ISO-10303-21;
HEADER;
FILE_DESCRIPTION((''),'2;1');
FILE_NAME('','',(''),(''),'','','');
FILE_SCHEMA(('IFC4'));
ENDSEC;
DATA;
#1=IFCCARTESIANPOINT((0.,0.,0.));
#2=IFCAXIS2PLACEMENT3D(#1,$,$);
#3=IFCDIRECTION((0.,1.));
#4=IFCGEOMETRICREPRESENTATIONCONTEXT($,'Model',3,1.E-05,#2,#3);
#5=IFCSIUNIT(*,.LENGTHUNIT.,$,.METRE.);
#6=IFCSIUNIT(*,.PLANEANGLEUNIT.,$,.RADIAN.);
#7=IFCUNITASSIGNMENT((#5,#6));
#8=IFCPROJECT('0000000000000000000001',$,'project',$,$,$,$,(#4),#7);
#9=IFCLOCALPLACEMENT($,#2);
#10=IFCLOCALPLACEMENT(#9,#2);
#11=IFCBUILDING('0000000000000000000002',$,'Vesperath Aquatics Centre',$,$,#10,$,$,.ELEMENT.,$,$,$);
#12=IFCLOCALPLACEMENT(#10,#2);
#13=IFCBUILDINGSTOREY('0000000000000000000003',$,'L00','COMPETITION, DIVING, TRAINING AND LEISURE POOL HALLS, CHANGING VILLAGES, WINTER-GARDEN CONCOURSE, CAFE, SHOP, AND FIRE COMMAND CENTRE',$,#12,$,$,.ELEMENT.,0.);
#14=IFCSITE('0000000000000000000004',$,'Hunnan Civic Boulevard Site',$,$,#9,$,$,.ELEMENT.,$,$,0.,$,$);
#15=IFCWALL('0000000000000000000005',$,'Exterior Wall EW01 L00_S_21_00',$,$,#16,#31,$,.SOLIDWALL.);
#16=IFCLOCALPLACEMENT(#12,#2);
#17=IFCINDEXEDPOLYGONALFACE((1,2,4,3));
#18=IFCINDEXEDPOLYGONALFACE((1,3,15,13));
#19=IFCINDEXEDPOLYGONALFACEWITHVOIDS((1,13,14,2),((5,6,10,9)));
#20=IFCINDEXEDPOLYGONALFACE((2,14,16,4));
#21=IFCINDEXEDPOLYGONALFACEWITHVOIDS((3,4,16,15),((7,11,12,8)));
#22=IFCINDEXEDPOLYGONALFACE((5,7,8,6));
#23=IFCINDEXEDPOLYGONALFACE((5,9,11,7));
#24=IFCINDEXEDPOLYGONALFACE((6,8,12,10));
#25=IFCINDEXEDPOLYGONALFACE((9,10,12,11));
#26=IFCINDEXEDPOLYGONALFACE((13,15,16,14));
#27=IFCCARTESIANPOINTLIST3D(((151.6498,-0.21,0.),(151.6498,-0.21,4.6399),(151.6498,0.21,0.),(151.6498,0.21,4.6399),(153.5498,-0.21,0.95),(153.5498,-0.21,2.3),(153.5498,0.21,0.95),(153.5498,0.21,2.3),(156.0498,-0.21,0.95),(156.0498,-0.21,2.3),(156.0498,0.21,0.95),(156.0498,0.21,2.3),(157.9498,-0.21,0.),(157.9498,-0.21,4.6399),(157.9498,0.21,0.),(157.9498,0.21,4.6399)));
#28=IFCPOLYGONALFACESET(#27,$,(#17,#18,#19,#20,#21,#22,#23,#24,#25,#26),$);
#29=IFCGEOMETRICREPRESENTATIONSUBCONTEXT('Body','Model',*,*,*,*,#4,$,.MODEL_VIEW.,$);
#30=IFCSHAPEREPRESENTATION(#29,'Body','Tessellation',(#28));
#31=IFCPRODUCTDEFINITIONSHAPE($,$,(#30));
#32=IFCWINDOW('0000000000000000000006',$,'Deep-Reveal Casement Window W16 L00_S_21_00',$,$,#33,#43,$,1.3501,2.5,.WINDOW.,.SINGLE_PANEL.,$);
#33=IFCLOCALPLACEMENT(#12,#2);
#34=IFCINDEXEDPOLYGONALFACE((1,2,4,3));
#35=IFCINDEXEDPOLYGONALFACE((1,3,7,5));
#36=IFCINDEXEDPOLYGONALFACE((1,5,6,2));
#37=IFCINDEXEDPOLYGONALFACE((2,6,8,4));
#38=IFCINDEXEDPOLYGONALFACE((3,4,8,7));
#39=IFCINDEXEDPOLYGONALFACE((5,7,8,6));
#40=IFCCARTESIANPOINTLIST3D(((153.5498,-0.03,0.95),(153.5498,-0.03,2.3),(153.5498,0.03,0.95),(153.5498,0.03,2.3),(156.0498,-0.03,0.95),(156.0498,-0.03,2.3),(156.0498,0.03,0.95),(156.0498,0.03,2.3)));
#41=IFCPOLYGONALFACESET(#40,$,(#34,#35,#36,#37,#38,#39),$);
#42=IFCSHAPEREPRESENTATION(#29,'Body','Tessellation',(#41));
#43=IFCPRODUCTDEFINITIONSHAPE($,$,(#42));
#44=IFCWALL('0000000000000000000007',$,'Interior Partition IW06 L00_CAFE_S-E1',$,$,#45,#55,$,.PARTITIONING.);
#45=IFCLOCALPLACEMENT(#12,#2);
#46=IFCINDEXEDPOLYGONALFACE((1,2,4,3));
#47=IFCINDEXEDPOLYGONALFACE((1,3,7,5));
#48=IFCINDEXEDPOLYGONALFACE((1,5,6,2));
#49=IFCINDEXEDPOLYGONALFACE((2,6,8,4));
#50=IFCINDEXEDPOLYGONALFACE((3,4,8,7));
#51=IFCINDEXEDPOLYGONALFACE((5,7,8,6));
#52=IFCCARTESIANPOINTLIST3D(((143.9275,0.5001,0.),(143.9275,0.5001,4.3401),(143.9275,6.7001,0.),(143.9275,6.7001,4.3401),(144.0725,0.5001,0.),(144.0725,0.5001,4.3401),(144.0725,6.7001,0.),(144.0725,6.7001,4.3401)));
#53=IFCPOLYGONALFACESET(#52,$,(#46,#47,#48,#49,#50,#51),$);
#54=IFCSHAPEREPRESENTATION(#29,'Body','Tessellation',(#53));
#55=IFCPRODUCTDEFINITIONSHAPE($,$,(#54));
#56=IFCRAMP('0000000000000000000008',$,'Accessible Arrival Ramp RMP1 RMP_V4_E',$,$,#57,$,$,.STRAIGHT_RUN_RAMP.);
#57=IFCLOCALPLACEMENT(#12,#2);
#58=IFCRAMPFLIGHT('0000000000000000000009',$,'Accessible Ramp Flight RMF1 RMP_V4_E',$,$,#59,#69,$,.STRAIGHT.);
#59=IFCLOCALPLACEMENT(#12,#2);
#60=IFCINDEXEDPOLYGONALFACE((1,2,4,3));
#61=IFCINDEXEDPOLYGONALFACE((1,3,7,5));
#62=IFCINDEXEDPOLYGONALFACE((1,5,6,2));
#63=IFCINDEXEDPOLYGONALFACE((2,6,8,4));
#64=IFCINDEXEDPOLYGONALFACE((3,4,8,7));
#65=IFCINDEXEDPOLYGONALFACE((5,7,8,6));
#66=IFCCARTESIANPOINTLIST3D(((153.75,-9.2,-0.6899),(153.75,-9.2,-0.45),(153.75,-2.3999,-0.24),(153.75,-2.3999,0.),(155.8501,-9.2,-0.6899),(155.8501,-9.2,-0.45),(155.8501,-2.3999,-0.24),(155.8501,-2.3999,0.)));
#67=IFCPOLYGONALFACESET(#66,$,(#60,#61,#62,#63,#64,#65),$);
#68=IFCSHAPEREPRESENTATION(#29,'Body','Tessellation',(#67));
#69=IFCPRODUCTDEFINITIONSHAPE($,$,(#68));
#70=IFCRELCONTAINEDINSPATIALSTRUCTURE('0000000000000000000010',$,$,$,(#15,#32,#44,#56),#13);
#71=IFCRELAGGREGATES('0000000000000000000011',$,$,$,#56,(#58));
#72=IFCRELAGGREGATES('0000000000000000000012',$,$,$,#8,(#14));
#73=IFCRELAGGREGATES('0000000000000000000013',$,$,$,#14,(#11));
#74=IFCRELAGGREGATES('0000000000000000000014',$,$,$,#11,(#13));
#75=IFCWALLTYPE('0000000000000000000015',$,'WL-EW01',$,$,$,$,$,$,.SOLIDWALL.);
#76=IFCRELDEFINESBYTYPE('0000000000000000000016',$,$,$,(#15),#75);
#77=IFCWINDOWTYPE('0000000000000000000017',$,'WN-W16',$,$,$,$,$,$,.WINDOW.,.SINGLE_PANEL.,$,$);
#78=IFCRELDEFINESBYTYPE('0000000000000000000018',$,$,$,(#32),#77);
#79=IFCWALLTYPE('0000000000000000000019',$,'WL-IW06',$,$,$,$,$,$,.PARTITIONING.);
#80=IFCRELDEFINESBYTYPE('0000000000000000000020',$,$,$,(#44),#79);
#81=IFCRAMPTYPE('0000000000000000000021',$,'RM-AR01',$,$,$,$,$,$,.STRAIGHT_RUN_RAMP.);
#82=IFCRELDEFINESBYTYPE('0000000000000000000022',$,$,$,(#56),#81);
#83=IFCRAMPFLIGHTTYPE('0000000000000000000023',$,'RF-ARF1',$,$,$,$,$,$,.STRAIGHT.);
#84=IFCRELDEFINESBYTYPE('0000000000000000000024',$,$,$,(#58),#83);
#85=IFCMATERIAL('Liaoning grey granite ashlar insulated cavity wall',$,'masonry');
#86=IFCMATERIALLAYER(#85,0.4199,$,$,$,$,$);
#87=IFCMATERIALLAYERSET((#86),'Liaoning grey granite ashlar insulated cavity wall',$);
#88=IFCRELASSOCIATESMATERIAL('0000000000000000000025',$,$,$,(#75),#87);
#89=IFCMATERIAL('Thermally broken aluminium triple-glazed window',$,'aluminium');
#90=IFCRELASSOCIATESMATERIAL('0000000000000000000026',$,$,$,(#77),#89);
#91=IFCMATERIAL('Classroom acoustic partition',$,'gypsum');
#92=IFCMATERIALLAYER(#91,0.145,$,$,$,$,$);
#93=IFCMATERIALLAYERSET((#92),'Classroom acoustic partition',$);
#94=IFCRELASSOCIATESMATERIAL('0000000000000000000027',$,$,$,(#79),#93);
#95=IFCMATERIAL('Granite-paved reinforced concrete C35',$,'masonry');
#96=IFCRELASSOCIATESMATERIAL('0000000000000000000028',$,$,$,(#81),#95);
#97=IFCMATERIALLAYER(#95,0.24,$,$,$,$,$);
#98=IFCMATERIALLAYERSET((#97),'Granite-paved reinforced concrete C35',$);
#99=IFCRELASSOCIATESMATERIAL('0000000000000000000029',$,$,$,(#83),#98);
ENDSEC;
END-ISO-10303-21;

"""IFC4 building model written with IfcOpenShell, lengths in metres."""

from ifc_helpers import new_model, si_unit, direction, frame, frame_2d, origin, place, context, subcontext, project, spatial, polyline, rectangle, outline, extrude, material, layer, layer_set, type_object, element, fill, aggregate, save


model = new_model("IFC4")

# Units and contexts
model_context = context("Model", 3, precision=1e-05, world=origin(), true_north=direction((0.0, 1.0)))
body_context = subcontext(model_context, "Body", "Model", "MODEL_VIEW")
ifc_project = project(units=[si_unit("LENGTHUNIT", "METRE"), si_unit("PLANEANGLEUNIT", "RADIAN")], contexts=[model_context])

# Site, building, storey
site_placement = place(None, origin())
site = spatial("IfcSite", under=ifc_project, at=site_placement, Name="Hunnan Civic Boulevard Site", CompositionType="ELEMENT", RefElevation=0.0)
building_placement = place(site_placement, origin())
building = spatial("IfcBuilding", under=site, at=building_placement, Name="Vesperath Aquatics Centre", CompositionType="ELEMENT")
storey_placement = place(building_placement, origin())
storey = spatial("IfcBuildingStorey", under=building, at=storey_placement, Name="L00", Description="COMPETITION, DIVING, TRAINING AND LEISURE POOL HALLS, CHANGING VILLAGES, WINTER-GARDEN CONCOURSE, CAFE, SHOP, AND FIRE COMMAND CENTRE", CompositionType="ELEMENT", Elevation=0.0)

# Shared definitions
ifc_material_1 = material(Name="Liaoning grey granite ashlar insulated cavity wall", Category="masonry")
ifc_layer_1 = layer(ifc_material_1, 0.4199)
ifc_layer_set_1 = layer_set([ifc_layer_1], Name="Liaoning grey granite ashlar insulated cavity wall")
wall_type_1 = type_object("IfcWallType", Name="WL-EW01", PredefinedType="SOLIDWALL", material=ifc_layer_set_1)

# Wall, opening, window
wall_1_placement = place(storey_placement, frame((151.6499, 0.0, 0.0), z_axis=(0.0, 0.0, 1.0), x_axis=(1.0, 0.0, 0.0)))
wall_1 = element("IfcWall", 1, at=wall_1_placement, inside=storey, type_object=wall_type_1, Name="Exterior Wall EW01 L00_S_21_00", PredefinedType="SOLIDWALL", context=body_context, shape_type="SweptSolid", body=[
    extrude(rectangle(XDim=6.3, YDim=0.4199, at=frame_2d((3.1499, 0.0))), origin(), (0.0, 0.0, 1.0), 4.6399),
])
opening_1_placement = place(wall_1_placement, frame((1.8999, 0.0, 0.95)))
opening_1 = element("IfcOpeningElement", 2, at=opening_1_placement, cuts=wall_1, PredefinedType="OPENING", context=body_context, shape_type="SweptSolid", body=[
    extrude(rectangle(XDim=2.5, YDim=1.3501, at=frame_2d((1.25, 0.675))), frame((0.0, 0.2249, 0.0), z_axis=(0.0, -1.0, 0.0), x_axis=(1.0, 0.0, 0.0)), (0.0, 0.0, 1.0), 0.4497),
])
ifc_material_2 = material(Name="Thermally broken aluminium triple-glazed window", Category="aluminium")
window_type = type_object("IfcWindowType", Name="WN-W16", PartitioningType="SINGLE_PANEL", PredefinedType="WINDOW", material=ifc_material_2)
window_placement = place(opening_1_placement, origin())
window = element("IfcWindow", 3, at=window_placement, inside=storey, type_object=window_type, Name="Deep-Reveal Casement Window W16 L00_S_21_00", OverallHeight=1.3501, OverallWidth=2.5, PartitioningType="SINGLE_PANEL", PredefinedType="WINDOW", context=body_context, shape_type="SweptSolid", body=[
    extrude(rectangle(XDim=2.5, YDim=1.3501, at=frame_2d((1.25, 0.675))), frame((0.0, 0.03, 0.0), z_axis=(0.0, -1.0, 0.0), x_axis=(1.0, 0.0, 0.0)), (0.0, 0.0, 1.0), 0.0601),
])
fill(opening_1, window)

# Wall
ifc_material_3 = material(Name="Classroom acoustic partition", Category="gypsum")
ifc_layer_2 = layer(ifc_material_3, 0.145)
ifc_layer_set_2 = layer_set([ifc_layer_2], Name="Classroom acoustic partition")
wall_type_2 = type_object("IfcWallType", Name="WL-IW06", PredefinedType="PARTITIONING", material=ifc_layer_set_2)
wall_2_placement = place(storey_placement, frame((144.0, 0.5, 0.0), z_axis=(0.0, 0.0, 1.0), x_axis=(0.0, 1.0, 0.0)))
element("IfcWall", 4, at=wall_2_placement, inside=storey, type_object=wall_type_2, Name="Interior Partition IW06 L00_CAFE_S-E1", PredefinedType="PARTITIONING", context=body_context, shape_type="SweptSolid", body=[
    extrude(rectangle(XDim=6.2, YDim=0.145, at=frame_2d((3.1001, 0.0))), origin(), (0.0, 0.0, 1.0), 4.3401),
])

# Ramp, ramp flight
ifc_material_4 = material(Name="Granite-paved reinforced concrete C35", Category="masonry")
ramp_type = type_object("IfcRampType", Name="RM-AR01", PredefinedType="STRAIGHT_RUN_RAMP", material=ifc_material_4)
ramp_placement = place(storey_placement, origin())
ramp = element("IfcRamp", 5, at=ramp_placement, inside=storey, type_object=ramp_type, Name="Accessible Arrival Ramp RMP1 RMP_V4_E", PredefinedType="STRAIGHT_RUN_RAMP")
ifc_layer_3 = layer(ifc_material_4, 0.24)
ifc_layer_set_3 = layer_set([ifc_layer_3], Name="Granite-paved reinforced concrete C35")
ramp_flight_type = type_object("IfcRampFlightType", Name="RF-ARF1", PredefinedType="STRAIGHT", material=ifc_layer_set_3)
ramp_flight_placement = place(storey_placement, frame((154.8, -9.2, -0.45), z_axis=(0.0, 0.0, 1.0), x_axis=(0.0, 1.0, 0.0)))
ramp_flight = element("IfcRampFlight", 6, at=ramp_flight_placement, type_object=ramp_flight_type, Name="Accessible Ramp Flight RMF1 RMP_V4_E", PredefinedType="STRAIGHT", context=body_context, shape_type="SweptSolid", body=[
    extrude(outline(polyline([(0.0, -0.24), (6.8, 0.21), (6.8, 0.45), (0.0, 0.0), (0.0, -0.24)])), frame((0.0, 1.05, 0.0), z_axis=(0.0, -1.0, 0.0), x_axis=(1.0, 0.0, 0.0)), (0.0, 0.0, 1.0), 2.1001),
])
aggregate(ramp, [ramp_flight])

save(model, "model.ifc")
